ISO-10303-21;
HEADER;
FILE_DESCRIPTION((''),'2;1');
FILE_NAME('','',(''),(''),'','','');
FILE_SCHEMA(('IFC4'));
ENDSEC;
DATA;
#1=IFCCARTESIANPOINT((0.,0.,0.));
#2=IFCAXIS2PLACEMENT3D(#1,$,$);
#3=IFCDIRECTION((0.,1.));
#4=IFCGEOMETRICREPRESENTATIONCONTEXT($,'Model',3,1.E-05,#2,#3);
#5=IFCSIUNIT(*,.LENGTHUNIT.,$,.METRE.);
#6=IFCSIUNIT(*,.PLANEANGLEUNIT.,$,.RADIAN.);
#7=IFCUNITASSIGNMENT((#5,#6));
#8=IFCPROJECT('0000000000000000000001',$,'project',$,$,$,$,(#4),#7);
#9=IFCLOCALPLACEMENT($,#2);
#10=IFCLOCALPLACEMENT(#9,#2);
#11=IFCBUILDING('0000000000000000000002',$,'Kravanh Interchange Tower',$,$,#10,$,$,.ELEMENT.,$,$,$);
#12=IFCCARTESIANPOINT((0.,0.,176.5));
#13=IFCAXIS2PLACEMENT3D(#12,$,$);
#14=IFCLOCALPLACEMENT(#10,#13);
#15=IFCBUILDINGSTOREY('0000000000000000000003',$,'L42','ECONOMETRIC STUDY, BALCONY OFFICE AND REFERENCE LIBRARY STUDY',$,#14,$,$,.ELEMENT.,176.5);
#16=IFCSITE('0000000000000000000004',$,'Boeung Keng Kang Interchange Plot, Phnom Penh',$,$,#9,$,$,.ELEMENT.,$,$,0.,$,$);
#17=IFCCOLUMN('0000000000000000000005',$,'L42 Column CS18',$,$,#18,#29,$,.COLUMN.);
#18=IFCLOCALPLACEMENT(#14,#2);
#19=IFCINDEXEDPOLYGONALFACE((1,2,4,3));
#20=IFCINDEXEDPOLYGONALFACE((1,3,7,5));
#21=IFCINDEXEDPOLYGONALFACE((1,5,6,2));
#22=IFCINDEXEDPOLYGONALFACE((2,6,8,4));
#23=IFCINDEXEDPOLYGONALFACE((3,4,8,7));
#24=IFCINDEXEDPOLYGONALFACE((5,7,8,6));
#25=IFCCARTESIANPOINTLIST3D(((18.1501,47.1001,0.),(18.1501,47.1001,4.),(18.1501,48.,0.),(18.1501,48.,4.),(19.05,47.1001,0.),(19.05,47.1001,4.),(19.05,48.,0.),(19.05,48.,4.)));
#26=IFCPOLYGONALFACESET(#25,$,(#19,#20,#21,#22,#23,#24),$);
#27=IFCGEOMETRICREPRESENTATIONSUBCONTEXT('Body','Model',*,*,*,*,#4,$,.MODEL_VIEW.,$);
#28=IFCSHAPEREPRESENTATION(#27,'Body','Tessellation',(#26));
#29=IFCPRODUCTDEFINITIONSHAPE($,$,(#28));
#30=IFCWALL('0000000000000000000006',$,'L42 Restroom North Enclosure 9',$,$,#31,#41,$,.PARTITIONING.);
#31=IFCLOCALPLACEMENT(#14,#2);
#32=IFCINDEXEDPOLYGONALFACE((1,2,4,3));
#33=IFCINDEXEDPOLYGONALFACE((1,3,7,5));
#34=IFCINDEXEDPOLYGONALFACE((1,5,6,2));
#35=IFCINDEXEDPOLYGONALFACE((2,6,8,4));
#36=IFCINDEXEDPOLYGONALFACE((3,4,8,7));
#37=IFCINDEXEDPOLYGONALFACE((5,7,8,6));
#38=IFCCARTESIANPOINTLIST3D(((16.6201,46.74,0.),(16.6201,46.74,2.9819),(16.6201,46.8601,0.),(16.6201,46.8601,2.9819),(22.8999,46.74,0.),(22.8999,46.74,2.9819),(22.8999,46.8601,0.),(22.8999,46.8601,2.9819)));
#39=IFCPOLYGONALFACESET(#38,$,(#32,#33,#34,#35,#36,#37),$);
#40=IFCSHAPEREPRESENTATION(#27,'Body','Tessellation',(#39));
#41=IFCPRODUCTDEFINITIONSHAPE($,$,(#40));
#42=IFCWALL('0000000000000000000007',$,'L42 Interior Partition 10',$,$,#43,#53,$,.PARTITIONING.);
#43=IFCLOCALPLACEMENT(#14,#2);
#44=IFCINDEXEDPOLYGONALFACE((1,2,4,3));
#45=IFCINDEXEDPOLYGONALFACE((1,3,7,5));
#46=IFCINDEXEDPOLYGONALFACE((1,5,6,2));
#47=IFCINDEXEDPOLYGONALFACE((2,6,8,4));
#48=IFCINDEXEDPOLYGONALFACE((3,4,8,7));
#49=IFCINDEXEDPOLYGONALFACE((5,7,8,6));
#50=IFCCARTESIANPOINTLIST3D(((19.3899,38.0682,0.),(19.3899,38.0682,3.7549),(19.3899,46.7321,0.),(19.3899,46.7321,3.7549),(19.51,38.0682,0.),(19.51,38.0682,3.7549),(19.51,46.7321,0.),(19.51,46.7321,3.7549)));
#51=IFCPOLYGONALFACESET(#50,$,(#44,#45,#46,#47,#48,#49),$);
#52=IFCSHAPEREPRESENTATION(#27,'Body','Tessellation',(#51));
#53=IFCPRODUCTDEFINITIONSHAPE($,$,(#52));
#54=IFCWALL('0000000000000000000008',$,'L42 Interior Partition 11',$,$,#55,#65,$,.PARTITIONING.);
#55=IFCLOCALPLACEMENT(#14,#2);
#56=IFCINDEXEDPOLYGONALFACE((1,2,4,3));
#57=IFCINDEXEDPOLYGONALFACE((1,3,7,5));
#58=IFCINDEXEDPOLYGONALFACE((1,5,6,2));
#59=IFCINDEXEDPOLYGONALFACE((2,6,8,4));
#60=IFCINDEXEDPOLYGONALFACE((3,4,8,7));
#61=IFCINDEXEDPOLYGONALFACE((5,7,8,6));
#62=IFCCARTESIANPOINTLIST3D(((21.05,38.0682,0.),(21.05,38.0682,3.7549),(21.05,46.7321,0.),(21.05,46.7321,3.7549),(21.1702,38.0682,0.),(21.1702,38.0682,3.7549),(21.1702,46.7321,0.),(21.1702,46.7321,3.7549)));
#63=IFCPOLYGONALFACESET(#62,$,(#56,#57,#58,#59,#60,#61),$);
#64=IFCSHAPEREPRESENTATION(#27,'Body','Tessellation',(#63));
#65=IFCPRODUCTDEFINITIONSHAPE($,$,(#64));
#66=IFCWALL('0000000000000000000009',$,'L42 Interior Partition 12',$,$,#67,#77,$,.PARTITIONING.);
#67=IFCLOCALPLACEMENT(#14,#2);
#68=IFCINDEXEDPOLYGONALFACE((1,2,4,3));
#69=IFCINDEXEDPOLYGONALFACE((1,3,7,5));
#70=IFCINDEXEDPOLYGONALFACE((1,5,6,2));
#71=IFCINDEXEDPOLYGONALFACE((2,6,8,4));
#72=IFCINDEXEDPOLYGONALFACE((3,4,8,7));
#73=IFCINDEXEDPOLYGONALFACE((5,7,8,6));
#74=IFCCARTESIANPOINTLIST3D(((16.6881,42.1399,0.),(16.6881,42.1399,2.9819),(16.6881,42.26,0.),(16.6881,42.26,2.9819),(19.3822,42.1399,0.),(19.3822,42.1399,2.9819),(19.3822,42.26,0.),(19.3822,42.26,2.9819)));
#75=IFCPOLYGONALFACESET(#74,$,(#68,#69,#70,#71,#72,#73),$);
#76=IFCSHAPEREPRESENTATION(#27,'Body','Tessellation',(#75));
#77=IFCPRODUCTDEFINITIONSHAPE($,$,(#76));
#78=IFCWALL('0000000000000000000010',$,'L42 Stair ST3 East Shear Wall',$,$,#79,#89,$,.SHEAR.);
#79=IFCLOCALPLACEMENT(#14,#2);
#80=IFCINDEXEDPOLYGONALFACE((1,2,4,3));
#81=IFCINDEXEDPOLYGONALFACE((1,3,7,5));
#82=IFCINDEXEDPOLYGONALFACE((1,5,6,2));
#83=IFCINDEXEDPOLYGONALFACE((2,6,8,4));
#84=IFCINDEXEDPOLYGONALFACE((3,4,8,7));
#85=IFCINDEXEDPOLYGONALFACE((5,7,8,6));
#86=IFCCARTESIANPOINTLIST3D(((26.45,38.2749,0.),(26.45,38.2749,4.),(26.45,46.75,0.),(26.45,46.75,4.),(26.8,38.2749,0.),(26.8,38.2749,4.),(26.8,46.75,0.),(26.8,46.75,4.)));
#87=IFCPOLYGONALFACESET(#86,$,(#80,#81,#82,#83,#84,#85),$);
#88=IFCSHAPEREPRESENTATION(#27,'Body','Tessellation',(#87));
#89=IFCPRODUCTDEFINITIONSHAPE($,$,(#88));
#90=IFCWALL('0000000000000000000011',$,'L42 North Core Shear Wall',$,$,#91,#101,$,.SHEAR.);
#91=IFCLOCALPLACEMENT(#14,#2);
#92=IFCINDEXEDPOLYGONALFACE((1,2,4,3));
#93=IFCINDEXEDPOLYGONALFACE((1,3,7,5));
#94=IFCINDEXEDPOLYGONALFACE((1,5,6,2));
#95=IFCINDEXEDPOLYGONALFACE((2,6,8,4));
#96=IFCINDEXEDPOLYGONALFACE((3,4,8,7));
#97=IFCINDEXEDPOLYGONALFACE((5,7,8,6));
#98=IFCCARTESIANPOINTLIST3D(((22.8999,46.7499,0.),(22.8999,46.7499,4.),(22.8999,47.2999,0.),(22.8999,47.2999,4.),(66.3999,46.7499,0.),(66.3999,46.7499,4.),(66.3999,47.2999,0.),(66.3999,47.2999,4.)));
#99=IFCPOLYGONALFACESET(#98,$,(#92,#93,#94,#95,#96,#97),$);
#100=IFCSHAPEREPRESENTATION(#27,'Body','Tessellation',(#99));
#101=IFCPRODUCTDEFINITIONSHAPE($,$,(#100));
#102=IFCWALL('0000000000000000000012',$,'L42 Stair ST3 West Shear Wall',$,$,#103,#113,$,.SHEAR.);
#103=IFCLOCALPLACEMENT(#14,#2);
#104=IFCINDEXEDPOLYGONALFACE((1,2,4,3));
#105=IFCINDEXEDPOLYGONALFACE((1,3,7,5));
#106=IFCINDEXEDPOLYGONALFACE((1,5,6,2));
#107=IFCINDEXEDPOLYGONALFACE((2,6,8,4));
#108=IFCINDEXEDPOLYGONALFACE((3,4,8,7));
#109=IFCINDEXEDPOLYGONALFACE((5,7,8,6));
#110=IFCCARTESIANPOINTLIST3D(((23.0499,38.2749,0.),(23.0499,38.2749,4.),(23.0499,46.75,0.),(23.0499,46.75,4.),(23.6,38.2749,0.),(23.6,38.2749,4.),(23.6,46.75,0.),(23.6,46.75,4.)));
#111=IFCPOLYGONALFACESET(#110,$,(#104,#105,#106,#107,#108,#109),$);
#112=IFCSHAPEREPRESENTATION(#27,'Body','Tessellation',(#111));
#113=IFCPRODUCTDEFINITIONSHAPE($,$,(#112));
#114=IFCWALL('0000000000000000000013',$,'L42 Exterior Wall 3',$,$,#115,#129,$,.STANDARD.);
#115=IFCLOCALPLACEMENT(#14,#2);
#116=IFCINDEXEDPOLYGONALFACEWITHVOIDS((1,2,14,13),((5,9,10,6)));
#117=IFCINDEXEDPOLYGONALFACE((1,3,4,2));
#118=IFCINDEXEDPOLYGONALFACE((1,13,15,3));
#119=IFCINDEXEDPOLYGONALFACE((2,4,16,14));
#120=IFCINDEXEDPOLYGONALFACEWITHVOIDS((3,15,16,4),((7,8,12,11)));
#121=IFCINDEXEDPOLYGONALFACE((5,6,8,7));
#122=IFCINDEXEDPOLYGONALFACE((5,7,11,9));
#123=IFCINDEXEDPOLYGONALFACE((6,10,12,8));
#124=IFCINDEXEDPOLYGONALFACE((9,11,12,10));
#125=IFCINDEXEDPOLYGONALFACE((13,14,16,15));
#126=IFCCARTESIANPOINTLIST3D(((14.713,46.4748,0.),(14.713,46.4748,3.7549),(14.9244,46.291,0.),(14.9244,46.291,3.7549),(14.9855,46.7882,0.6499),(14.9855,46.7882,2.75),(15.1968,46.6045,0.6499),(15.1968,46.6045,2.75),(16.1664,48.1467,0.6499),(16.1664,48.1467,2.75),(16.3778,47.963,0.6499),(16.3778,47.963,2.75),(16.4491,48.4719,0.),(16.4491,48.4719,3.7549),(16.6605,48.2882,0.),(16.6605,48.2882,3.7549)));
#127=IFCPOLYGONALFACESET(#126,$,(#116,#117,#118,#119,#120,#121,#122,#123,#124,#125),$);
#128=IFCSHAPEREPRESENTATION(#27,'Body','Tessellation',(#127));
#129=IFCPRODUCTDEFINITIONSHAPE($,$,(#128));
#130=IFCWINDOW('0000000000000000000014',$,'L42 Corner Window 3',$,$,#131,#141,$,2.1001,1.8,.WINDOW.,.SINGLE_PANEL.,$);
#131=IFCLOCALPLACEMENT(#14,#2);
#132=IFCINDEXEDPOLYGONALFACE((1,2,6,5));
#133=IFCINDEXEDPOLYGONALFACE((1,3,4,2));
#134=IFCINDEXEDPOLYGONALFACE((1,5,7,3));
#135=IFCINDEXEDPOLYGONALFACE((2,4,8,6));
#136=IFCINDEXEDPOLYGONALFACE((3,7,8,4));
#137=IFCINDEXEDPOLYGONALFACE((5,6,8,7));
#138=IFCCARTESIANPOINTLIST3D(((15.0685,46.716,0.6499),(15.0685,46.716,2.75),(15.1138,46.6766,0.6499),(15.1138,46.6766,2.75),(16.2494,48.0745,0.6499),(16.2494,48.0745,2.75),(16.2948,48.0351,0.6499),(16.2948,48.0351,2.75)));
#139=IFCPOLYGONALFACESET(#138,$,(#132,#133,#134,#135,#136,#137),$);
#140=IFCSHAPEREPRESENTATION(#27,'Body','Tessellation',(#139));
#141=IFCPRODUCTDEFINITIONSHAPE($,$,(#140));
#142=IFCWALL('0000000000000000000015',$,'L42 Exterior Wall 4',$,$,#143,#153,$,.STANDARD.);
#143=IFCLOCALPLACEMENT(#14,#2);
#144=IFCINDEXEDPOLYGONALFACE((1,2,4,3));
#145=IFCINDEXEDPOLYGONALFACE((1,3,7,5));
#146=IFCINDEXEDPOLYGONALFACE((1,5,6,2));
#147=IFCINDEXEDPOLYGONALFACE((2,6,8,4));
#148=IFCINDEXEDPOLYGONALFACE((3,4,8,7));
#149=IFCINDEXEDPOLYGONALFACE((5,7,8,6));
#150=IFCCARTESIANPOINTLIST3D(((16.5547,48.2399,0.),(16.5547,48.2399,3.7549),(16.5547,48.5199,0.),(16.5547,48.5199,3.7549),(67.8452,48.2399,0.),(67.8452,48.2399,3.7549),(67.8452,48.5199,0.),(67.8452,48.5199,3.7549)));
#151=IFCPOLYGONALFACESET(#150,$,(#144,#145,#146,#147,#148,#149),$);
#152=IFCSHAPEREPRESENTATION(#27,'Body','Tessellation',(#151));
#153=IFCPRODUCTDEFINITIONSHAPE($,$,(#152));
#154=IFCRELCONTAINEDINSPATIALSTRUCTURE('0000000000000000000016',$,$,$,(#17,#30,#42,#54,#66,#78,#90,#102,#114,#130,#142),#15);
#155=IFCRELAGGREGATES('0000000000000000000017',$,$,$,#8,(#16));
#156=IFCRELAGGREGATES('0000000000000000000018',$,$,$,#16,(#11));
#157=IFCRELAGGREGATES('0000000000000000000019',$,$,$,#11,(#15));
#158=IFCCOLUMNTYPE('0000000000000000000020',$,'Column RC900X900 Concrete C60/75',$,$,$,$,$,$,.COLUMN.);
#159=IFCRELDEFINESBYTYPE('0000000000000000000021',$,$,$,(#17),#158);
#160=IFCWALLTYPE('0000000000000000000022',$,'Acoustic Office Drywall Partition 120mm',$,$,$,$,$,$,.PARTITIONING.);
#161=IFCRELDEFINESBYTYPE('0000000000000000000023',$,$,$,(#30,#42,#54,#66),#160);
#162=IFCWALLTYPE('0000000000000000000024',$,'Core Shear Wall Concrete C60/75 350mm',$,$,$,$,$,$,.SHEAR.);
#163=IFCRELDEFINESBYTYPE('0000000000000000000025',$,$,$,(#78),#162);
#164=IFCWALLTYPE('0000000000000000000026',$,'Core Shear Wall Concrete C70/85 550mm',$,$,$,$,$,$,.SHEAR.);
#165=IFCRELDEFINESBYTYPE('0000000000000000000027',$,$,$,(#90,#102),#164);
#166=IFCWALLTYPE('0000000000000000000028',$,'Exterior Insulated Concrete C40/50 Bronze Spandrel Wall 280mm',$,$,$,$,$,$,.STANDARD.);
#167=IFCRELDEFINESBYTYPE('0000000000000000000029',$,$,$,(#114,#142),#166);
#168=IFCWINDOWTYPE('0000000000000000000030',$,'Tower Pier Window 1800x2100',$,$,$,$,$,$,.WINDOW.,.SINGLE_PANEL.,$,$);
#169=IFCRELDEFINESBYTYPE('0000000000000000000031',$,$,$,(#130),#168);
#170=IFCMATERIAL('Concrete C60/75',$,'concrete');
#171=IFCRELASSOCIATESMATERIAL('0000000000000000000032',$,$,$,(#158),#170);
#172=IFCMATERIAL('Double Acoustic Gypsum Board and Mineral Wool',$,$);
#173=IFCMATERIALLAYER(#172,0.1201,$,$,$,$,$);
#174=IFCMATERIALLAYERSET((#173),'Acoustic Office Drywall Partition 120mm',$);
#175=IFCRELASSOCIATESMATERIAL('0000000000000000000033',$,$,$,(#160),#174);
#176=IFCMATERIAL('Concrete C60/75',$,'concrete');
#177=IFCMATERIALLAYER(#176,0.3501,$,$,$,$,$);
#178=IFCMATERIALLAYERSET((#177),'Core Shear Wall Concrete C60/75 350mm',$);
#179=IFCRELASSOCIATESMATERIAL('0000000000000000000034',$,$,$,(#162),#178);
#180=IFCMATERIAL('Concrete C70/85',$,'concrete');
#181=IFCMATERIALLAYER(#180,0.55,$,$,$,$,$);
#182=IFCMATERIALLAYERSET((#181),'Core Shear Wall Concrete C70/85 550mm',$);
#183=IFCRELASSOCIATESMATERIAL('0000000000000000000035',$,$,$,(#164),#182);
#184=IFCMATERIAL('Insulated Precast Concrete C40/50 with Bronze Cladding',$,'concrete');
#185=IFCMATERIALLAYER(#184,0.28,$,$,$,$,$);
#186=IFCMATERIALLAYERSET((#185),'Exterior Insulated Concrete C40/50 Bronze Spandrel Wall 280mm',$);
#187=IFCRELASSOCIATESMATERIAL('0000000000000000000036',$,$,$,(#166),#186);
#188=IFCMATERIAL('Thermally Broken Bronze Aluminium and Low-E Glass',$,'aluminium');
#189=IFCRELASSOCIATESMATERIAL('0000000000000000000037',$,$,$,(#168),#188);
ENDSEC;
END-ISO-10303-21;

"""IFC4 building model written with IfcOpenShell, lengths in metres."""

from ifc_helpers import new_model, si_unit, direction, frame, frame_2d, origin, origin_2d, place, context, subcontext, project, spatial, rectangle, extrude, material, layer, layer_set, material_profile, profile_set, type_object, element, fill, save


model = new_model("IFC4")

# Units and contexts
model_context = context("Model", 3, precision=1e-05, world=origin(), true_north=direction((0.0, 1.0)))
body_context = subcontext(model_context, "Body", "Model", "MODEL_VIEW")
ifc_project = project(units=[si_unit("LENGTHUNIT", "METRE"), si_unit("PLANEANGLEUNIT", "RADIAN")], contexts=[model_context])

# Site, building, storey
site_placement = place(None, origin())
site = spatial("IfcSite", under=ifc_project, at=site_placement, Name="Boeung Keng Kang Interchange Plot, Phnom Penh", CompositionType="ELEMENT", RefElevation=0.0)
building_placement = place(site_placement, origin())
building = spatial("IfcBuilding", under=site, at=building_placement, Name="Kravanh Interchange Tower", CompositionType="ELEMENT")
storey_placement = place(building_placement, frame((0.0, 0.0, 176.5)))
storey = spatial("IfcBuildingStorey", under=building, at=storey_placement, Name="L42", Description="ECONOMETRIC STUDY, BALCONY OFFICE AND REFERENCE LIBRARY STUDY", CompositionType="ELEMENT", Elevation=176.5)

# Column
ifc_material_1 = material(Name="Concrete C60/75", Category="concrete")
ifc_material_profile = material_profile(ifc_material_1, rectangle(XDim=0.8999, YDim=0.8999, at=origin_2d()), Name="RC900X900")
ifc_profile_set = profile_set([ifc_material_profile], Name="Concrete C60/75")
column_type = type_object("IfcColumnType", Name="Column RC900X900 Concrete C60/75", PredefinedType="COLUMN", material=ifc_profile_set)
column_placement = place(storey_placement, frame((18.6001, 47.55, 0.0), z_axis=(0.0, 0.0, 1.0), x_axis=(1.0, 0.0, 0.0)))
element("IfcColumn", 1, at=column_placement, inside=storey, type_object=column_type, Name="L42 Column CS18", PredefinedType="COLUMN", context=body_context, shape_type="SweptSolid", body=[
    extrude(rectangle(XDim=0.8999, YDim=0.8999, at=origin_2d()), origin(), (0.0, 0.0, 1.0), 4.0),
])

# Walls
ifc_material_2 = material(Name="Double Acoustic Gypsum Board and Mineral Wool")
ifc_layer_1 = layer(ifc_material_2, 0.1201)
ifc_layer_set_1 = layer_set([ifc_layer_1], Name="Acoustic Office Drywall Partition 120mm")
wall_type_1 = type_object("IfcWallType", Name="Acoustic Office Drywall Partition 120mm", PredefinedType="PARTITIONING", material=ifc_layer_set_1)
wall_1_placement = place(storey_placement, frame((16.6201, 46.8, 0.0), z_axis=(0.0, 0.0, 1.0), x_axis=(1.0, 0.0, 0.0)))
element("IfcWall", 2, at=wall_1_placement, inside=storey, type_object=wall_type_1, Name="L42 Restroom North Enclosure 9", PredefinedType="PARTITIONING", context=body_context, shape_type="SweptSolid", body=[
    extrude(rectangle(XDim=6.2798, YDim=0.1201, at=frame_2d((3.1399, 0.0))), origin(), (0.0, 0.0, 1.0), 2.9819),
])
for number, where, z_axis, x_axis, name in (
    (3, (19.45, 38.0681, 0.0), (0.0, 0.0, 1.0), (0.0, 1.0, 0.0), "L42 Interior Partition 10"),
    (4, (21.1101, 38.0681, 0.0), (0.0, 0.0, 1.0), (0.0, 1.0, 0.0), "L42 Interior Partition 11"),
):
    element("IfcWall", number, at=place(storey_placement, frame(where, z_axis=z_axis, x_axis=x_axis)), inside=storey, type_object=wall_type_1, Name=name, PredefinedType="PARTITIONING", context=body_context, shape_type="SweptSolid", body=[
        extrude(rectangle(XDim=8.6638, YDim=0.1201, at=frame_2d((4.332, 0.0))), origin(), (0.0, 0.0, 1.0), 3.7549),
    ])
wall_2_placement = place(storey_placement, frame((16.688, 42.2, 0.0), z_axis=(0.0, 0.0, 1.0), x_axis=(1.0, 0.0, 0.0)))
element("IfcWall", 5, at=wall_2_placement, inside=storey, type_object=wall_type_1, Name="L42 Interior Partition 12", PredefinedType="PARTITIONING", context=body_context, shape_type="SweptSolid", body=[
    extrude(rectangle(XDim=2.6941, YDim=0.1201, at=frame_2d((1.3472, 0.0))), origin(), (0.0, 0.0, 1.0), 2.9819),
])
ifc_material_3 = material(Name="Concrete C60/75", Category="concrete")
ifc_layer_2 = layer(ifc_material_3, 0.3501)
ifc_layer_set_2 = layer_set([ifc_layer_2], Name="Core Shear Wall Concrete C60/75 350mm")
wall_type_2 = type_object("IfcWallType", Name="Core Shear Wall Concrete C60/75 350mm", PredefinedType="SHEAR", material=ifc_layer_set_2)
wall_3_placement = place(storey_placement, frame((26.625, 38.2749, 0.0), z_axis=(0.0, 0.0, 1.0), x_axis=(0.0, 1.0, 0.0)))
element("IfcWall", 6, at=wall_3_placement, inside=storey, type_object=wall_type_2, Name="L42 Stair ST3 East Shear Wall", PredefinedType="SHEAR", context=body_context, shape_type="SweptSolid", body=[
    extrude(rectangle(XDim=8.4751, YDim=0.3501, at=frame_2d((4.2375, 0.0))), origin(), (0.0, 0.0, 1.0), 4.0),
])
ifc_material_4 = material(Name="Concrete C70/85", Category="concrete")
ifc_layer_3 = layer(ifc_material_4, 0.55)
ifc_layer_set_3 = layer_set([ifc_layer_3], Name="Core Shear Wall Concrete C70/85 550mm")
wall_type_3 = type_object("IfcWallType", Name="Core Shear Wall Concrete C70/85 550mm", PredefinedType="SHEAR", material=ifc_layer_set_3)
wall_4_placement = place(storey_placement, frame((22.8999, 47.0249, 0.0), z_axis=(0.0, 0.0, 1.0), x_axis=(1.0, 0.0, 0.0)))
element("IfcWall", 7, at=wall_4_placement, inside=storey, type_object=wall_type_3, Name="L42 North Core Shear Wall", PredefinedType="SHEAR", context=body_context, shape_type="SweptSolid", body=[
    extrude(rectangle(XDim=43.5, YDim=0.55, at=frame_2d((21.75, 0.0))), origin(), (0.0, 0.0, 1.0), 4.0),
])
wall_5_placement = place(storey_placement, frame((23.325, 38.2749, 0.0), z_axis=(0.0, 0.0, 1.0), x_axis=(0.0, 1.0, 0.0)))
element("IfcWall", 8, at=wall_5_placement, inside=storey, type_object=wall_type_3, Name="L42 Stair ST3 West Shear Wall", PredefinedType="SHEAR", context=body_context, shape_type="SweptSolid", body=[
    extrude(rectangle(XDim=8.4751, YDim=0.55, at=frame_2d((4.2375, 0.0))), origin(), (0.0, 0.0, 1.0), 4.0),
])

# Wall, opening, window
ifc_material_5 = material(Name="Insulated Precast Concrete C40/50 with Bronze Cladding", Category="concrete")
ifc_layer_4 = layer(ifc_material_5, 0.28)
ifc_layer_set_4 = layer_set([ifc_layer_4], Name="Exterior Insulated Concrete C40/50 Bronze Spandrel Wall 280mm")
wall_type_4 = type_object("IfcWallType", Name="Exterior Insulated Concrete C40/50 Bronze Spandrel Wall 280mm", PredefinedType="STANDARD", material=ifc_layer_set_4)
wall_6_placement = place(storey_placement, frame((14.8186, 46.3828, 0.0), z_axis=(0.0, 0.0, 1.0), x_axis=(0.656071, 0.754699, 0.0)))
wall_6 = element("IfcWall", 9, at=wall_6_placement, inside=storey, type_object=wall_type_4, Name="L42 Exterior Wall 3", PredefinedType="STANDARD", context=body_context, shape_type="SweptSolid", body=[
    extrude(rectangle(XDim=2.6462, YDim=0.28, at=frame_2d((1.3232, 0.0))), origin(), (0.0, 0.0, 1.0), 3.7549),
])
opening_placement = place(wall_6_placement, frame((0.4155, 0.0, 0.6499)))
opening = element("IfcOpeningElement", 10, at=opening_placement, cuts=wall_6, PredefinedType="OPENING", context=body_context, shape_type="SweptSolid", body=[
    extrude(rectangle(XDim=1.8, YDim=2.1001, at=frame_2d((0.8999, 1.05))), frame((0.0, 0.1499, 0.0), z_axis=(0.0, -1.0, 0.0), x_axis=(1.0, 0.0, 0.0)), (0.0, 0.0, 1.0), 0.3),
])
ifc_material_6 = material(Name="Thermally Broken Bronze Aluminium and Low-E Glass", Category="aluminium")
window_type = type_object("IfcWindowType", Name="Tower Pier Window 1800x2100", PartitioningType="SINGLE_PANEL", PredefinedType="WINDOW", material=ifc_material_6)
window_placement = place(opening_placement, origin())
window = element("IfcWindow", 11, at=window_placement, inside=storey, type_object=window_type, Name="L42 Corner Window 3", OverallHeight=2.1001, OverallWidth=1.8, PartitioningType="SINGLE_PANEL", PredefinedType="WINDOW", context=body_context, shape_type="SweptSolid", body=[
    extrude(rectangle(XDim=1.8, YDim=2.1001, at=frame_2d((0.8999, 1.05))), frame((0.0, 0.03, 0.0), z_axis=(0.0, -1.0, 0.0), x_axis=(1.0, 0.0, 0.0)), (0.0, 0.0, 1.0), 0.0601),
])
fill(opening, window)

# Wall
wall_7_placement = place(storey_placement, frame((16.5547, 48.3799, 0.0), z_axis=(0.0, 0.0, 1.0), x_axis=(1.0, 0.0, 0.0)))
element("IfcWall", 12, at=wall_7_placement, inside=storey, type_object=wall_type_4, Name="L42 Exterior Wall 4", PredefinedType="STANDARD", context=body_context, shape_type="SweptSolid", body=[
    extrude(rectangle(XDim=51.2905, YDim=0.28, at=frame_2d((25.6453, 0.0))), origin(), (0.0, 0.0, 1.0), 3.7549),
])

save(model, "model.ifc")
